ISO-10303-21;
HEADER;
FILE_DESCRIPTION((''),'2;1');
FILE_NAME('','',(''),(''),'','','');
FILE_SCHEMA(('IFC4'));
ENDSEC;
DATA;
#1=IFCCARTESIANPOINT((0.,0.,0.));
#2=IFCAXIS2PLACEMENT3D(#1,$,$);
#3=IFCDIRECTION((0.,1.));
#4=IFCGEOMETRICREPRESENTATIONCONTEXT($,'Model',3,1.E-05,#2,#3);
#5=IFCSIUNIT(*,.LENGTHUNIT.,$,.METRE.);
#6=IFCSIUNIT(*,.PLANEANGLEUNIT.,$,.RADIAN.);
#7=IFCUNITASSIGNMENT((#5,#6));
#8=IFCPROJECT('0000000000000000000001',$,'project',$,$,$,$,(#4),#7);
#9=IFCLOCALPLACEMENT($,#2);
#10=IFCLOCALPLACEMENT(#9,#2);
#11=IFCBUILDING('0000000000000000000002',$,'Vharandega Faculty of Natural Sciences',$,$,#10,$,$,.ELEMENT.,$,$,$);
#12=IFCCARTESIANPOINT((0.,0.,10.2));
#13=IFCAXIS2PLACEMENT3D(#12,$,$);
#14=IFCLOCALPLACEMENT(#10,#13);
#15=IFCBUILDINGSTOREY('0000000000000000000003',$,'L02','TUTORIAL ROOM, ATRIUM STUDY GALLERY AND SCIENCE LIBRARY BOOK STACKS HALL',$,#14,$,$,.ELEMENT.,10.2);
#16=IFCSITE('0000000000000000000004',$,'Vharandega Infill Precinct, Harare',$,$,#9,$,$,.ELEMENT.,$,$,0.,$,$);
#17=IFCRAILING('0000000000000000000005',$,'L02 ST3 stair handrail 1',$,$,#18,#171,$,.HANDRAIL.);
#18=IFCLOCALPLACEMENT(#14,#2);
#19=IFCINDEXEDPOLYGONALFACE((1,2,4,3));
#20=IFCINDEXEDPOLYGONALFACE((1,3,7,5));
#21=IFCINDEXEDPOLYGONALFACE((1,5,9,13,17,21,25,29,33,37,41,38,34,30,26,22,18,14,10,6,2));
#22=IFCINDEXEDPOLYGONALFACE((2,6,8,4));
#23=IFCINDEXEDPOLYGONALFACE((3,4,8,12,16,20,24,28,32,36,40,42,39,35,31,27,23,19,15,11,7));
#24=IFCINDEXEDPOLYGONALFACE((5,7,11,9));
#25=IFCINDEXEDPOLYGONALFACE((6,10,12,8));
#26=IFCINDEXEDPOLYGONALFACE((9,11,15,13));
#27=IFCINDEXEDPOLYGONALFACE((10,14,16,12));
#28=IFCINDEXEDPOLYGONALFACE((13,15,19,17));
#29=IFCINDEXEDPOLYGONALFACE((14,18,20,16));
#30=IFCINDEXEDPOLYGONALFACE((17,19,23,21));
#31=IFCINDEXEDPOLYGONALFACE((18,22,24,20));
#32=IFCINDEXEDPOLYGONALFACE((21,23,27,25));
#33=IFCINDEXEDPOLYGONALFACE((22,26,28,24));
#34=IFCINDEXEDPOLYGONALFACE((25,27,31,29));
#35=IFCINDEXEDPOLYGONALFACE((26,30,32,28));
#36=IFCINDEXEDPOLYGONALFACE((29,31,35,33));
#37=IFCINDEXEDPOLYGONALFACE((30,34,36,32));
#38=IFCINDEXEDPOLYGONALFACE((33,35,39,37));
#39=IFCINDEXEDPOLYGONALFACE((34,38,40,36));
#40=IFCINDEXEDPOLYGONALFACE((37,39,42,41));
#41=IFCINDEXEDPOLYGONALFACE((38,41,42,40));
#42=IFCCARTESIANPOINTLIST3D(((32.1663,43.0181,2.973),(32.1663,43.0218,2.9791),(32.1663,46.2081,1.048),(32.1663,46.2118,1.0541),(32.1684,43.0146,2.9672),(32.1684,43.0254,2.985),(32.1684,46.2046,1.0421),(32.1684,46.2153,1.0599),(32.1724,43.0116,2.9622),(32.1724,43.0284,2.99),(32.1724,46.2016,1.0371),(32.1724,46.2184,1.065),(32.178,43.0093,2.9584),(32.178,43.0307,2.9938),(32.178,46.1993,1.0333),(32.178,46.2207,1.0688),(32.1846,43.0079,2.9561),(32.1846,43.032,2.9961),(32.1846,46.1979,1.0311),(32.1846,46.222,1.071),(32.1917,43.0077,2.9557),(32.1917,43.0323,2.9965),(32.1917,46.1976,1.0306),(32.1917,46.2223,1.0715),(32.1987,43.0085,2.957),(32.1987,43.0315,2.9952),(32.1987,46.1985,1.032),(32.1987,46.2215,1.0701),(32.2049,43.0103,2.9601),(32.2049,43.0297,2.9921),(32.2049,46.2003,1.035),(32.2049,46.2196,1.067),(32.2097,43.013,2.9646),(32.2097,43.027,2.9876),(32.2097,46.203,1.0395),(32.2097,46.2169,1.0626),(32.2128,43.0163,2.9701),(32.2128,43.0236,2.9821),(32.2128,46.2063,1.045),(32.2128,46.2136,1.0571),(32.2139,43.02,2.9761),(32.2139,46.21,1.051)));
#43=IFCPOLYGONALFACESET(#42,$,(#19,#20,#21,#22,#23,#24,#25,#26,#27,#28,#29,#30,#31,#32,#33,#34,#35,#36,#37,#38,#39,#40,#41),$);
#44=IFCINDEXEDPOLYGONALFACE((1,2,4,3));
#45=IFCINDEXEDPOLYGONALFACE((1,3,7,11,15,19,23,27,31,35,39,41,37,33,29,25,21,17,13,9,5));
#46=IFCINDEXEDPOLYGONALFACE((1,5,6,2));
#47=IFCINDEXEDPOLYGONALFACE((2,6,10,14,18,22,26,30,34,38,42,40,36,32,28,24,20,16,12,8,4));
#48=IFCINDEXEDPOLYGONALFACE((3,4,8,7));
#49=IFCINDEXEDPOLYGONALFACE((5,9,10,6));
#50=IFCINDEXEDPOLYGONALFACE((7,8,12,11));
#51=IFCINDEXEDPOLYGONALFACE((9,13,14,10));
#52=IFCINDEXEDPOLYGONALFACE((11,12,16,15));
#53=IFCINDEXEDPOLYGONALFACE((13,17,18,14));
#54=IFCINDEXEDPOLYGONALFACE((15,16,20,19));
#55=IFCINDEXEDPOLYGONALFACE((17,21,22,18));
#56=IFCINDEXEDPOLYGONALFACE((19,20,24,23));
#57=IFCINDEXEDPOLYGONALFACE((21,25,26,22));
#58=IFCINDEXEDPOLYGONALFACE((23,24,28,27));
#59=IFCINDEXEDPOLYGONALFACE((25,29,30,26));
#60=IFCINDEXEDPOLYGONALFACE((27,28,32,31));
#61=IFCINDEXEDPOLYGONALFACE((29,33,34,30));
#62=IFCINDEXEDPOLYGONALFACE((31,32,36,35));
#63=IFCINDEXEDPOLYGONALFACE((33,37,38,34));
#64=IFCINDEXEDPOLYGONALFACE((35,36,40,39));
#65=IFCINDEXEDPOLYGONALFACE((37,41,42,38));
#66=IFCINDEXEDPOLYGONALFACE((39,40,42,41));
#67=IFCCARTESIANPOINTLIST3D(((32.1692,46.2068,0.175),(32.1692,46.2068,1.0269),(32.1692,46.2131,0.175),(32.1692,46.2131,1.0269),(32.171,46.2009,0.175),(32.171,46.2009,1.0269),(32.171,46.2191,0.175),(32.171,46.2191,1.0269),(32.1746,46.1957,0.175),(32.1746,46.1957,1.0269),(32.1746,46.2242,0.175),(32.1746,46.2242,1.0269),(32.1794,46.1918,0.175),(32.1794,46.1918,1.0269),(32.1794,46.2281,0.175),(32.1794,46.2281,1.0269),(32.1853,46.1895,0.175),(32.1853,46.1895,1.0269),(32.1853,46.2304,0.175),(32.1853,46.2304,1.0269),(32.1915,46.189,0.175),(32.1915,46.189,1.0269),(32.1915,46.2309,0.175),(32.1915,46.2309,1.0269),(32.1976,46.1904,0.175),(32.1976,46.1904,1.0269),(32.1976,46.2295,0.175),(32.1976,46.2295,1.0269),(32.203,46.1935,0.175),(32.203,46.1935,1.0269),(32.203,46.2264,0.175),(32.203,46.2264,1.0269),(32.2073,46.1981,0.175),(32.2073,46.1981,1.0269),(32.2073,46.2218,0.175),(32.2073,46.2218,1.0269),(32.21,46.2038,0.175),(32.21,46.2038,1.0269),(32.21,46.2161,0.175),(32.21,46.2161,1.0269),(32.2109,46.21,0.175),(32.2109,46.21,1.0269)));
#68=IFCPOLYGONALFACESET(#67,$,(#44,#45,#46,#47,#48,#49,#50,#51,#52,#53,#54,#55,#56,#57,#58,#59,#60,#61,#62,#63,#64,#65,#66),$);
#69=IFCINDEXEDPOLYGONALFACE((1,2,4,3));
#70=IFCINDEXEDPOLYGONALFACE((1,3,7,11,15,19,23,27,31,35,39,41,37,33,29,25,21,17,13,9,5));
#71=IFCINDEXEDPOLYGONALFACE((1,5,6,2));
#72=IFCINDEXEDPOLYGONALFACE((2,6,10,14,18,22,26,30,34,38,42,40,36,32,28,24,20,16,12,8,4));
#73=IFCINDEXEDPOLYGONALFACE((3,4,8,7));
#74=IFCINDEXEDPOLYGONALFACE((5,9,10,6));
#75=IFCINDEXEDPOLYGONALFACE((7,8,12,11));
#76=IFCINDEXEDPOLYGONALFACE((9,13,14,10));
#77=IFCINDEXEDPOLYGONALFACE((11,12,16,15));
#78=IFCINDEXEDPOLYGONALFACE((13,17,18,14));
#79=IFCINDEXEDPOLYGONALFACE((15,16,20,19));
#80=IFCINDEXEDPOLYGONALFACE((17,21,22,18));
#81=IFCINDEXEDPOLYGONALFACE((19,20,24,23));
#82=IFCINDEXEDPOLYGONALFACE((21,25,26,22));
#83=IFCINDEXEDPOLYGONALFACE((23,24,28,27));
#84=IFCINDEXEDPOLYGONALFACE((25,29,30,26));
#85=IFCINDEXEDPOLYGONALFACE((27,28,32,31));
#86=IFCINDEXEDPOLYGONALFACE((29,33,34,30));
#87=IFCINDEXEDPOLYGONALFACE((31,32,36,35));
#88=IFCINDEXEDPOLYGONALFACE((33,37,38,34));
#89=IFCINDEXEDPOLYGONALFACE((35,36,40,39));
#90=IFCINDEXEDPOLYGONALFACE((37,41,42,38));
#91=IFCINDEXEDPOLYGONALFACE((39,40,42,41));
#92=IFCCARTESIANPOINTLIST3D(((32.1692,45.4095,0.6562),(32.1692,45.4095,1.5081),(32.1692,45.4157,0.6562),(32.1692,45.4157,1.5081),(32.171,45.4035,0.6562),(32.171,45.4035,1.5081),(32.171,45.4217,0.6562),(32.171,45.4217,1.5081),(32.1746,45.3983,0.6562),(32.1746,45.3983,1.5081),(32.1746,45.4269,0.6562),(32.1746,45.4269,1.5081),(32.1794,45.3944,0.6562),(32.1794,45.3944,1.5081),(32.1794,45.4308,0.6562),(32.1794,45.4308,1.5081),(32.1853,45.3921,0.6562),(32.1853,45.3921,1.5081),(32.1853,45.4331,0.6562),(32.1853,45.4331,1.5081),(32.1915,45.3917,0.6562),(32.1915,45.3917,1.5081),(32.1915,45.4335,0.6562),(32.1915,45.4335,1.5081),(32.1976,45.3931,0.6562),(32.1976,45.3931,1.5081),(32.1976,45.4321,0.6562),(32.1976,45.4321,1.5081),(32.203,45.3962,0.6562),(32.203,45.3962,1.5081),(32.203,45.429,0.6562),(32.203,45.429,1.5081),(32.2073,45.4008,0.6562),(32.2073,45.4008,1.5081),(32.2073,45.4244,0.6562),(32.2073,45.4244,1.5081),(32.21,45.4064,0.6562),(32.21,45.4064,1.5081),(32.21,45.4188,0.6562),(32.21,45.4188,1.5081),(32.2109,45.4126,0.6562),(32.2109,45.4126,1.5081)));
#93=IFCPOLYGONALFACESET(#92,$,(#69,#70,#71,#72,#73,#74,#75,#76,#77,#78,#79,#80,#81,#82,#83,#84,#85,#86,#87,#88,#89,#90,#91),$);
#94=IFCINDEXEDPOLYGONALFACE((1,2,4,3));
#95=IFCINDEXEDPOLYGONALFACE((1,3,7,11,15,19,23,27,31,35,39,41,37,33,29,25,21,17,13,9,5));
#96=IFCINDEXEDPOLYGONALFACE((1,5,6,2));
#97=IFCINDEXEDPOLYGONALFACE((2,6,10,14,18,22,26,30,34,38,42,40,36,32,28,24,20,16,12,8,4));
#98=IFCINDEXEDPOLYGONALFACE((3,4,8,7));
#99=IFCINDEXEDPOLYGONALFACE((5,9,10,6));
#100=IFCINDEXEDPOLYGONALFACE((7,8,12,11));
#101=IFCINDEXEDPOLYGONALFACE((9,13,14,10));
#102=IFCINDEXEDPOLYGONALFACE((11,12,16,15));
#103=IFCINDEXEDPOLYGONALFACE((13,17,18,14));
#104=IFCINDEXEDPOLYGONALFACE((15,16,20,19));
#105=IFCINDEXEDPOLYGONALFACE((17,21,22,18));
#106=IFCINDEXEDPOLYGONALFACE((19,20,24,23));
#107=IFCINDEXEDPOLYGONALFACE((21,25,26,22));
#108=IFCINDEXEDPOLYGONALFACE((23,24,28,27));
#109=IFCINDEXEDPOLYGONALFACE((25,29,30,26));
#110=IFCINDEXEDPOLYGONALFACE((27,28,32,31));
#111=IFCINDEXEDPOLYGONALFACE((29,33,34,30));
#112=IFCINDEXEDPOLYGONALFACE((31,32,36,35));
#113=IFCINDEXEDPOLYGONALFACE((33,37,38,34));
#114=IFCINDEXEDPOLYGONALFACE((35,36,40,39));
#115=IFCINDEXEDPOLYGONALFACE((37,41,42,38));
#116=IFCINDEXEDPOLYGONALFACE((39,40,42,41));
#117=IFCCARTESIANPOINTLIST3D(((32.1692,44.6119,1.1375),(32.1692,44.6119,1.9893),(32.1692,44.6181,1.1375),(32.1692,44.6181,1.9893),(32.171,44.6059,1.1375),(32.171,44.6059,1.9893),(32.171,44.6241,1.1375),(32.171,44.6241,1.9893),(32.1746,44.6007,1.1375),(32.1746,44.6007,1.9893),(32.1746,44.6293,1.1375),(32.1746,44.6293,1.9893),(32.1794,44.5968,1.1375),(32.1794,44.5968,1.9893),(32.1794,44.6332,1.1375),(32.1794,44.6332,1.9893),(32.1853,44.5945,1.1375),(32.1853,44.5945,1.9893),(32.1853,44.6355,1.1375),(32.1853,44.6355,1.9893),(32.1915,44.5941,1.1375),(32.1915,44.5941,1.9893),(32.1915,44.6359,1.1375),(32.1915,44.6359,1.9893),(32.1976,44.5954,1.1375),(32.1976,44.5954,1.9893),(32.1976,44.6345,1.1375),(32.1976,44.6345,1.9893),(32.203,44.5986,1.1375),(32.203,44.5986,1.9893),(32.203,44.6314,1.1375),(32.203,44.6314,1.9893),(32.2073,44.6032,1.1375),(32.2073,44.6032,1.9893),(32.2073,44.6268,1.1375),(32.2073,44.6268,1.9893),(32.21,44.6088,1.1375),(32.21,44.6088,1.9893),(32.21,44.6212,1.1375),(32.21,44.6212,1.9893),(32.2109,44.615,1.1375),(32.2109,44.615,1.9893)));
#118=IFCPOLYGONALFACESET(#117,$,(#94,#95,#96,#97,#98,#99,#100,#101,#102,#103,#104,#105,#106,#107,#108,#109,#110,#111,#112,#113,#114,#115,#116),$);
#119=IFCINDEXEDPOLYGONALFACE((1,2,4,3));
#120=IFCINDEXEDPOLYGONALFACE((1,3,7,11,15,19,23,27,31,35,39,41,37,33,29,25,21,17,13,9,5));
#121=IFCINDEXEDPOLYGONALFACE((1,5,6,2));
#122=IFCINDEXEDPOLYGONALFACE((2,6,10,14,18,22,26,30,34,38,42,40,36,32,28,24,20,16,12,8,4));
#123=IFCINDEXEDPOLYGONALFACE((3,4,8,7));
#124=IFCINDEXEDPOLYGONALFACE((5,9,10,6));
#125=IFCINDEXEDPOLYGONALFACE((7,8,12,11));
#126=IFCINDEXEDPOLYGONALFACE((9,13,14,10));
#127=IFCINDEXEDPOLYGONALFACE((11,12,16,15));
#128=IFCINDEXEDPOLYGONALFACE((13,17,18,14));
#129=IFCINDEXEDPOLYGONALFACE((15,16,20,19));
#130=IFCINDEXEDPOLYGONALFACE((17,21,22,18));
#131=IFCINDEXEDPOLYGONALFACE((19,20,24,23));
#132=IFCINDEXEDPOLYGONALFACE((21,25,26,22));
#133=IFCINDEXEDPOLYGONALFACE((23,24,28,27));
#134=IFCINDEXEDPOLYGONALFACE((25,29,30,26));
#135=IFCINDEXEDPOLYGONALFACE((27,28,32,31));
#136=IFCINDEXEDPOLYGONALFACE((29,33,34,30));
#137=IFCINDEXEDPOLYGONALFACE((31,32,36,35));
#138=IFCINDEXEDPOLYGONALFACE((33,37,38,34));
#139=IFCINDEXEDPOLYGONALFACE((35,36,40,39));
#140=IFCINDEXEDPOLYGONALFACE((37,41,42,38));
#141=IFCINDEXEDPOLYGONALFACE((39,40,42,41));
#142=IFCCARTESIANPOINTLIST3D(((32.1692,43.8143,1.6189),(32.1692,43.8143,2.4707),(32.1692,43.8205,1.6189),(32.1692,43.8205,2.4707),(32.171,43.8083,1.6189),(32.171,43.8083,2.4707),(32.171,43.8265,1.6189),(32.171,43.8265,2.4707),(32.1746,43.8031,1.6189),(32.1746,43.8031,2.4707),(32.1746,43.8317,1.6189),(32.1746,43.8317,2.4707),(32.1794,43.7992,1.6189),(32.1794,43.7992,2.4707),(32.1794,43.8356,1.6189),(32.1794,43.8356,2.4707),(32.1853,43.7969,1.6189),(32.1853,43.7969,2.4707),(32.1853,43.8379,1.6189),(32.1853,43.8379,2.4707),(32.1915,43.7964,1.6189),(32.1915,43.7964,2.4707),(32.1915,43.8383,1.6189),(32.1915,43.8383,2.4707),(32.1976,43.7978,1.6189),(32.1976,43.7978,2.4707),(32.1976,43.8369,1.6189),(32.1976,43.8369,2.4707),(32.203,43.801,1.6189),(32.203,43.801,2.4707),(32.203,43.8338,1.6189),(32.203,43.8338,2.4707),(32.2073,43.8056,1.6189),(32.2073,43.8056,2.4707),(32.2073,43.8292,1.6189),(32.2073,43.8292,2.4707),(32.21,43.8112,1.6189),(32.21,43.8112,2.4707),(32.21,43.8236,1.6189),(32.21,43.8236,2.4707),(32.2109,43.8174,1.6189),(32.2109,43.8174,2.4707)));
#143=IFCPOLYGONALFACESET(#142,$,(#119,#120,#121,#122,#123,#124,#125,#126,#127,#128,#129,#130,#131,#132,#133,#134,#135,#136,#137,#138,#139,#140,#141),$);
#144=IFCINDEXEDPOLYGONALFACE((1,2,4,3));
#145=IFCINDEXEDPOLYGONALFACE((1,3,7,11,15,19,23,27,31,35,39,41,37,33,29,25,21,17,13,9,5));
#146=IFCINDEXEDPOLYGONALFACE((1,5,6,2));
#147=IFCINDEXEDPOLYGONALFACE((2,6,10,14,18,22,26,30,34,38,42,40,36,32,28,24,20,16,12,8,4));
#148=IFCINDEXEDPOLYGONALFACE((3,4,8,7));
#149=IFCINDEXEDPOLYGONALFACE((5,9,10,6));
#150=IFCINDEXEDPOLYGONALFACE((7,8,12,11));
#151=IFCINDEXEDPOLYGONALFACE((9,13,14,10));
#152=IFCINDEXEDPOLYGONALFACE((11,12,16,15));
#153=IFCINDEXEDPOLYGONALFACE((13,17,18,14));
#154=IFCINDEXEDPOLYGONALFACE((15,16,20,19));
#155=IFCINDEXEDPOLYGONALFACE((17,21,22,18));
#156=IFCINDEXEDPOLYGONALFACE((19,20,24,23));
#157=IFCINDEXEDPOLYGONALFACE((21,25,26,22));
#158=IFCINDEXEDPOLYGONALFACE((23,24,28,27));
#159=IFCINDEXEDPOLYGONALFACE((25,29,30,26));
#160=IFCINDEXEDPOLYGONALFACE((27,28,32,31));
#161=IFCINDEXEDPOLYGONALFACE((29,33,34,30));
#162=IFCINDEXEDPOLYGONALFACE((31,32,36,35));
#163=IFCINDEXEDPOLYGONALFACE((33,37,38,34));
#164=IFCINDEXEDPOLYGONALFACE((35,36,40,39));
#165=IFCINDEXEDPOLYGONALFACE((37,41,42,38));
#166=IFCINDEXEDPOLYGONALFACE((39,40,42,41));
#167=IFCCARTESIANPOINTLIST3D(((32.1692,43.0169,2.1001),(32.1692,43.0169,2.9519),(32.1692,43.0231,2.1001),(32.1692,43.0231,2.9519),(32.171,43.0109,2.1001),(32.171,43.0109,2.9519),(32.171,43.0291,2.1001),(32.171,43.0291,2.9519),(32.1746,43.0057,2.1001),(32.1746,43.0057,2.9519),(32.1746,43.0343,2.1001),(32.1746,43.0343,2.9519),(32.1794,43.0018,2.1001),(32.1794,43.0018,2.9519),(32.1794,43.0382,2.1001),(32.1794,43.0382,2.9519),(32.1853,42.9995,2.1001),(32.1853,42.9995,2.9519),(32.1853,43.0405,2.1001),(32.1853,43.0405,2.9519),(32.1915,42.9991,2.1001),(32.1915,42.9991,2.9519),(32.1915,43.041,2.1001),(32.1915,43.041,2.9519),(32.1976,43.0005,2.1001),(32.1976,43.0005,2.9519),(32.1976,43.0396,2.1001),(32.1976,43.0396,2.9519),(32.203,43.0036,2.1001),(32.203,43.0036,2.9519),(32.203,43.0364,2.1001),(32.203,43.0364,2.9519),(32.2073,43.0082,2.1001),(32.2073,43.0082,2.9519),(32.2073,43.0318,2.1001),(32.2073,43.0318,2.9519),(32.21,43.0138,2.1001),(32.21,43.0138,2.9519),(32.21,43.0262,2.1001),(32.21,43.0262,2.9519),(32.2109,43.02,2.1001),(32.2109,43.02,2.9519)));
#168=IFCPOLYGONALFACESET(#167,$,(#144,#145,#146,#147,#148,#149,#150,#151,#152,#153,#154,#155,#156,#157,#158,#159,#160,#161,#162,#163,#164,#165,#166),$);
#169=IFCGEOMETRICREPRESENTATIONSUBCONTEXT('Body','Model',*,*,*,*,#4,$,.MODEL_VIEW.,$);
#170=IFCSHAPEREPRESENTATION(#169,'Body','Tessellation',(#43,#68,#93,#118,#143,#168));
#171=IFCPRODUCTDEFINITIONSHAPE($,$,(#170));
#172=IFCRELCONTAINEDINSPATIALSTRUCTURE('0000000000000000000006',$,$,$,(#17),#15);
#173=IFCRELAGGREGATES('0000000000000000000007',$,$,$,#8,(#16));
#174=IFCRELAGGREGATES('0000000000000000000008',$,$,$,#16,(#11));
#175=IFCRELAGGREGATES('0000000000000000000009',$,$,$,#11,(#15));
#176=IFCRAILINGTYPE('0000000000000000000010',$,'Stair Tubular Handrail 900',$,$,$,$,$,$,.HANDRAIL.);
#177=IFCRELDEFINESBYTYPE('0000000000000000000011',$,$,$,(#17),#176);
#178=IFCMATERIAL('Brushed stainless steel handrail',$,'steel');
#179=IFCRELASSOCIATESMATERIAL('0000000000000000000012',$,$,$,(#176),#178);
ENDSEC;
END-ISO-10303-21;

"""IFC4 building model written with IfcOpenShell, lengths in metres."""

from ifc_helpers import new_model, si_unit, direction, frame, origin, origin_2d, place, context, subcontext, project, spatial, circle, extrude, material, type_object, element, save


model = new_model("IFC4")

# Units and contexts
model_context = context("Model", 3, precision=1e-05, world=origin(), true_north=direction((0.0, 1.0)))
body_context = subcontext(model_context, "Body", "Model", "MODEL_VIEW")
ifc_project = project(units=[si_unit("LENGTHUNIT", "METRE"), si_unit("PLANEANGLEUNIT", "RADIAN")], contexts=[model_context])

# Site, building, storey
site_placement = place(None, origin())
site = spatial("IfcSite", under=ifc_project, at=site_placement, Name="Vharandega Infill Precinct, Harare", CompositionType="ELEMENT", RefElevation=0.0)
building_placement = place(site_placement, origin())
building = spatial("IfcBuilding", under=site, at=building_placement, Name="Vharandega Faculty of Natural Sciences", CompositionType="ELEMENT")
storey_placement = place(building_placement, frame((0.0, 0.0, 10.2)))
storey = spatial("IfcBuildingStorey", under=building, at=storey_placement, Name="L02", Description="TUTORIAL ROOM, ATRIUM STUDY GALLERY AND SCIENCE LIBRARY BOOK STACKS HALL", CompositionType="ELEMENT", Elevation=10.2)

# Railing
ifc_material_1 = material(Name="Brushed stainless steel handrail", Category="steel")
railing_type_1 = type_object("IfcRailingType", Name="Stair Tubular Handrail 900", PredefinedType="HANDRAIL", material=ifc_material_1)
railing_1_placement = place(storey_placement, frame((32.1899, 46.21, 0.175)))
element("IfcRailing", 1, at=railing_1_placement, inside=storey, type_object=railing_type_1, Name="L02 ST3 stair handrail 1", PredefinedType="HANDRAIL", context=body_context, shape_type="SweptSolid", body=[
    extrude(circle(Radius=0.0239, at=origin_2d()), frame((0.0, 0.0, 0.876), z_axis=(0.0, -0.856178, 0.516682), x_axis=(1.0, 0.0, 0.0)), (0.0, 0.0, 1.0), 3.7258),
    extrude(circle(Radius=0.021, at=origin_2d()), origin(), (0.0, 0.0, 1.0), 0.8518),
    extrude(circle(Radius=0.021, at=origin_2d()), frame((0.0, -0.7974, 0.4812)), (0.0, 0.0, 1.0), 0.8518),
    extrude(circle(Radius=0.021, at=origin_2d()), frame((0.0, -1.595, 0.9624)), (0.0, 0.0, 1.0), 0.8518),
    extrude(circle(Radius=0.021, at=origin_2d()), frame((0.0, -2.3926, 1.4438)), (0.0, 0.0, 1.0), 0.8518),
    extrude(circle(Radius=0.021, at=origin_2d()), frame((0.0, -3.1899, 1.925)), (0.0, 0.0, 1.0), 0.8518),
])

save(model, "model.ifc")
